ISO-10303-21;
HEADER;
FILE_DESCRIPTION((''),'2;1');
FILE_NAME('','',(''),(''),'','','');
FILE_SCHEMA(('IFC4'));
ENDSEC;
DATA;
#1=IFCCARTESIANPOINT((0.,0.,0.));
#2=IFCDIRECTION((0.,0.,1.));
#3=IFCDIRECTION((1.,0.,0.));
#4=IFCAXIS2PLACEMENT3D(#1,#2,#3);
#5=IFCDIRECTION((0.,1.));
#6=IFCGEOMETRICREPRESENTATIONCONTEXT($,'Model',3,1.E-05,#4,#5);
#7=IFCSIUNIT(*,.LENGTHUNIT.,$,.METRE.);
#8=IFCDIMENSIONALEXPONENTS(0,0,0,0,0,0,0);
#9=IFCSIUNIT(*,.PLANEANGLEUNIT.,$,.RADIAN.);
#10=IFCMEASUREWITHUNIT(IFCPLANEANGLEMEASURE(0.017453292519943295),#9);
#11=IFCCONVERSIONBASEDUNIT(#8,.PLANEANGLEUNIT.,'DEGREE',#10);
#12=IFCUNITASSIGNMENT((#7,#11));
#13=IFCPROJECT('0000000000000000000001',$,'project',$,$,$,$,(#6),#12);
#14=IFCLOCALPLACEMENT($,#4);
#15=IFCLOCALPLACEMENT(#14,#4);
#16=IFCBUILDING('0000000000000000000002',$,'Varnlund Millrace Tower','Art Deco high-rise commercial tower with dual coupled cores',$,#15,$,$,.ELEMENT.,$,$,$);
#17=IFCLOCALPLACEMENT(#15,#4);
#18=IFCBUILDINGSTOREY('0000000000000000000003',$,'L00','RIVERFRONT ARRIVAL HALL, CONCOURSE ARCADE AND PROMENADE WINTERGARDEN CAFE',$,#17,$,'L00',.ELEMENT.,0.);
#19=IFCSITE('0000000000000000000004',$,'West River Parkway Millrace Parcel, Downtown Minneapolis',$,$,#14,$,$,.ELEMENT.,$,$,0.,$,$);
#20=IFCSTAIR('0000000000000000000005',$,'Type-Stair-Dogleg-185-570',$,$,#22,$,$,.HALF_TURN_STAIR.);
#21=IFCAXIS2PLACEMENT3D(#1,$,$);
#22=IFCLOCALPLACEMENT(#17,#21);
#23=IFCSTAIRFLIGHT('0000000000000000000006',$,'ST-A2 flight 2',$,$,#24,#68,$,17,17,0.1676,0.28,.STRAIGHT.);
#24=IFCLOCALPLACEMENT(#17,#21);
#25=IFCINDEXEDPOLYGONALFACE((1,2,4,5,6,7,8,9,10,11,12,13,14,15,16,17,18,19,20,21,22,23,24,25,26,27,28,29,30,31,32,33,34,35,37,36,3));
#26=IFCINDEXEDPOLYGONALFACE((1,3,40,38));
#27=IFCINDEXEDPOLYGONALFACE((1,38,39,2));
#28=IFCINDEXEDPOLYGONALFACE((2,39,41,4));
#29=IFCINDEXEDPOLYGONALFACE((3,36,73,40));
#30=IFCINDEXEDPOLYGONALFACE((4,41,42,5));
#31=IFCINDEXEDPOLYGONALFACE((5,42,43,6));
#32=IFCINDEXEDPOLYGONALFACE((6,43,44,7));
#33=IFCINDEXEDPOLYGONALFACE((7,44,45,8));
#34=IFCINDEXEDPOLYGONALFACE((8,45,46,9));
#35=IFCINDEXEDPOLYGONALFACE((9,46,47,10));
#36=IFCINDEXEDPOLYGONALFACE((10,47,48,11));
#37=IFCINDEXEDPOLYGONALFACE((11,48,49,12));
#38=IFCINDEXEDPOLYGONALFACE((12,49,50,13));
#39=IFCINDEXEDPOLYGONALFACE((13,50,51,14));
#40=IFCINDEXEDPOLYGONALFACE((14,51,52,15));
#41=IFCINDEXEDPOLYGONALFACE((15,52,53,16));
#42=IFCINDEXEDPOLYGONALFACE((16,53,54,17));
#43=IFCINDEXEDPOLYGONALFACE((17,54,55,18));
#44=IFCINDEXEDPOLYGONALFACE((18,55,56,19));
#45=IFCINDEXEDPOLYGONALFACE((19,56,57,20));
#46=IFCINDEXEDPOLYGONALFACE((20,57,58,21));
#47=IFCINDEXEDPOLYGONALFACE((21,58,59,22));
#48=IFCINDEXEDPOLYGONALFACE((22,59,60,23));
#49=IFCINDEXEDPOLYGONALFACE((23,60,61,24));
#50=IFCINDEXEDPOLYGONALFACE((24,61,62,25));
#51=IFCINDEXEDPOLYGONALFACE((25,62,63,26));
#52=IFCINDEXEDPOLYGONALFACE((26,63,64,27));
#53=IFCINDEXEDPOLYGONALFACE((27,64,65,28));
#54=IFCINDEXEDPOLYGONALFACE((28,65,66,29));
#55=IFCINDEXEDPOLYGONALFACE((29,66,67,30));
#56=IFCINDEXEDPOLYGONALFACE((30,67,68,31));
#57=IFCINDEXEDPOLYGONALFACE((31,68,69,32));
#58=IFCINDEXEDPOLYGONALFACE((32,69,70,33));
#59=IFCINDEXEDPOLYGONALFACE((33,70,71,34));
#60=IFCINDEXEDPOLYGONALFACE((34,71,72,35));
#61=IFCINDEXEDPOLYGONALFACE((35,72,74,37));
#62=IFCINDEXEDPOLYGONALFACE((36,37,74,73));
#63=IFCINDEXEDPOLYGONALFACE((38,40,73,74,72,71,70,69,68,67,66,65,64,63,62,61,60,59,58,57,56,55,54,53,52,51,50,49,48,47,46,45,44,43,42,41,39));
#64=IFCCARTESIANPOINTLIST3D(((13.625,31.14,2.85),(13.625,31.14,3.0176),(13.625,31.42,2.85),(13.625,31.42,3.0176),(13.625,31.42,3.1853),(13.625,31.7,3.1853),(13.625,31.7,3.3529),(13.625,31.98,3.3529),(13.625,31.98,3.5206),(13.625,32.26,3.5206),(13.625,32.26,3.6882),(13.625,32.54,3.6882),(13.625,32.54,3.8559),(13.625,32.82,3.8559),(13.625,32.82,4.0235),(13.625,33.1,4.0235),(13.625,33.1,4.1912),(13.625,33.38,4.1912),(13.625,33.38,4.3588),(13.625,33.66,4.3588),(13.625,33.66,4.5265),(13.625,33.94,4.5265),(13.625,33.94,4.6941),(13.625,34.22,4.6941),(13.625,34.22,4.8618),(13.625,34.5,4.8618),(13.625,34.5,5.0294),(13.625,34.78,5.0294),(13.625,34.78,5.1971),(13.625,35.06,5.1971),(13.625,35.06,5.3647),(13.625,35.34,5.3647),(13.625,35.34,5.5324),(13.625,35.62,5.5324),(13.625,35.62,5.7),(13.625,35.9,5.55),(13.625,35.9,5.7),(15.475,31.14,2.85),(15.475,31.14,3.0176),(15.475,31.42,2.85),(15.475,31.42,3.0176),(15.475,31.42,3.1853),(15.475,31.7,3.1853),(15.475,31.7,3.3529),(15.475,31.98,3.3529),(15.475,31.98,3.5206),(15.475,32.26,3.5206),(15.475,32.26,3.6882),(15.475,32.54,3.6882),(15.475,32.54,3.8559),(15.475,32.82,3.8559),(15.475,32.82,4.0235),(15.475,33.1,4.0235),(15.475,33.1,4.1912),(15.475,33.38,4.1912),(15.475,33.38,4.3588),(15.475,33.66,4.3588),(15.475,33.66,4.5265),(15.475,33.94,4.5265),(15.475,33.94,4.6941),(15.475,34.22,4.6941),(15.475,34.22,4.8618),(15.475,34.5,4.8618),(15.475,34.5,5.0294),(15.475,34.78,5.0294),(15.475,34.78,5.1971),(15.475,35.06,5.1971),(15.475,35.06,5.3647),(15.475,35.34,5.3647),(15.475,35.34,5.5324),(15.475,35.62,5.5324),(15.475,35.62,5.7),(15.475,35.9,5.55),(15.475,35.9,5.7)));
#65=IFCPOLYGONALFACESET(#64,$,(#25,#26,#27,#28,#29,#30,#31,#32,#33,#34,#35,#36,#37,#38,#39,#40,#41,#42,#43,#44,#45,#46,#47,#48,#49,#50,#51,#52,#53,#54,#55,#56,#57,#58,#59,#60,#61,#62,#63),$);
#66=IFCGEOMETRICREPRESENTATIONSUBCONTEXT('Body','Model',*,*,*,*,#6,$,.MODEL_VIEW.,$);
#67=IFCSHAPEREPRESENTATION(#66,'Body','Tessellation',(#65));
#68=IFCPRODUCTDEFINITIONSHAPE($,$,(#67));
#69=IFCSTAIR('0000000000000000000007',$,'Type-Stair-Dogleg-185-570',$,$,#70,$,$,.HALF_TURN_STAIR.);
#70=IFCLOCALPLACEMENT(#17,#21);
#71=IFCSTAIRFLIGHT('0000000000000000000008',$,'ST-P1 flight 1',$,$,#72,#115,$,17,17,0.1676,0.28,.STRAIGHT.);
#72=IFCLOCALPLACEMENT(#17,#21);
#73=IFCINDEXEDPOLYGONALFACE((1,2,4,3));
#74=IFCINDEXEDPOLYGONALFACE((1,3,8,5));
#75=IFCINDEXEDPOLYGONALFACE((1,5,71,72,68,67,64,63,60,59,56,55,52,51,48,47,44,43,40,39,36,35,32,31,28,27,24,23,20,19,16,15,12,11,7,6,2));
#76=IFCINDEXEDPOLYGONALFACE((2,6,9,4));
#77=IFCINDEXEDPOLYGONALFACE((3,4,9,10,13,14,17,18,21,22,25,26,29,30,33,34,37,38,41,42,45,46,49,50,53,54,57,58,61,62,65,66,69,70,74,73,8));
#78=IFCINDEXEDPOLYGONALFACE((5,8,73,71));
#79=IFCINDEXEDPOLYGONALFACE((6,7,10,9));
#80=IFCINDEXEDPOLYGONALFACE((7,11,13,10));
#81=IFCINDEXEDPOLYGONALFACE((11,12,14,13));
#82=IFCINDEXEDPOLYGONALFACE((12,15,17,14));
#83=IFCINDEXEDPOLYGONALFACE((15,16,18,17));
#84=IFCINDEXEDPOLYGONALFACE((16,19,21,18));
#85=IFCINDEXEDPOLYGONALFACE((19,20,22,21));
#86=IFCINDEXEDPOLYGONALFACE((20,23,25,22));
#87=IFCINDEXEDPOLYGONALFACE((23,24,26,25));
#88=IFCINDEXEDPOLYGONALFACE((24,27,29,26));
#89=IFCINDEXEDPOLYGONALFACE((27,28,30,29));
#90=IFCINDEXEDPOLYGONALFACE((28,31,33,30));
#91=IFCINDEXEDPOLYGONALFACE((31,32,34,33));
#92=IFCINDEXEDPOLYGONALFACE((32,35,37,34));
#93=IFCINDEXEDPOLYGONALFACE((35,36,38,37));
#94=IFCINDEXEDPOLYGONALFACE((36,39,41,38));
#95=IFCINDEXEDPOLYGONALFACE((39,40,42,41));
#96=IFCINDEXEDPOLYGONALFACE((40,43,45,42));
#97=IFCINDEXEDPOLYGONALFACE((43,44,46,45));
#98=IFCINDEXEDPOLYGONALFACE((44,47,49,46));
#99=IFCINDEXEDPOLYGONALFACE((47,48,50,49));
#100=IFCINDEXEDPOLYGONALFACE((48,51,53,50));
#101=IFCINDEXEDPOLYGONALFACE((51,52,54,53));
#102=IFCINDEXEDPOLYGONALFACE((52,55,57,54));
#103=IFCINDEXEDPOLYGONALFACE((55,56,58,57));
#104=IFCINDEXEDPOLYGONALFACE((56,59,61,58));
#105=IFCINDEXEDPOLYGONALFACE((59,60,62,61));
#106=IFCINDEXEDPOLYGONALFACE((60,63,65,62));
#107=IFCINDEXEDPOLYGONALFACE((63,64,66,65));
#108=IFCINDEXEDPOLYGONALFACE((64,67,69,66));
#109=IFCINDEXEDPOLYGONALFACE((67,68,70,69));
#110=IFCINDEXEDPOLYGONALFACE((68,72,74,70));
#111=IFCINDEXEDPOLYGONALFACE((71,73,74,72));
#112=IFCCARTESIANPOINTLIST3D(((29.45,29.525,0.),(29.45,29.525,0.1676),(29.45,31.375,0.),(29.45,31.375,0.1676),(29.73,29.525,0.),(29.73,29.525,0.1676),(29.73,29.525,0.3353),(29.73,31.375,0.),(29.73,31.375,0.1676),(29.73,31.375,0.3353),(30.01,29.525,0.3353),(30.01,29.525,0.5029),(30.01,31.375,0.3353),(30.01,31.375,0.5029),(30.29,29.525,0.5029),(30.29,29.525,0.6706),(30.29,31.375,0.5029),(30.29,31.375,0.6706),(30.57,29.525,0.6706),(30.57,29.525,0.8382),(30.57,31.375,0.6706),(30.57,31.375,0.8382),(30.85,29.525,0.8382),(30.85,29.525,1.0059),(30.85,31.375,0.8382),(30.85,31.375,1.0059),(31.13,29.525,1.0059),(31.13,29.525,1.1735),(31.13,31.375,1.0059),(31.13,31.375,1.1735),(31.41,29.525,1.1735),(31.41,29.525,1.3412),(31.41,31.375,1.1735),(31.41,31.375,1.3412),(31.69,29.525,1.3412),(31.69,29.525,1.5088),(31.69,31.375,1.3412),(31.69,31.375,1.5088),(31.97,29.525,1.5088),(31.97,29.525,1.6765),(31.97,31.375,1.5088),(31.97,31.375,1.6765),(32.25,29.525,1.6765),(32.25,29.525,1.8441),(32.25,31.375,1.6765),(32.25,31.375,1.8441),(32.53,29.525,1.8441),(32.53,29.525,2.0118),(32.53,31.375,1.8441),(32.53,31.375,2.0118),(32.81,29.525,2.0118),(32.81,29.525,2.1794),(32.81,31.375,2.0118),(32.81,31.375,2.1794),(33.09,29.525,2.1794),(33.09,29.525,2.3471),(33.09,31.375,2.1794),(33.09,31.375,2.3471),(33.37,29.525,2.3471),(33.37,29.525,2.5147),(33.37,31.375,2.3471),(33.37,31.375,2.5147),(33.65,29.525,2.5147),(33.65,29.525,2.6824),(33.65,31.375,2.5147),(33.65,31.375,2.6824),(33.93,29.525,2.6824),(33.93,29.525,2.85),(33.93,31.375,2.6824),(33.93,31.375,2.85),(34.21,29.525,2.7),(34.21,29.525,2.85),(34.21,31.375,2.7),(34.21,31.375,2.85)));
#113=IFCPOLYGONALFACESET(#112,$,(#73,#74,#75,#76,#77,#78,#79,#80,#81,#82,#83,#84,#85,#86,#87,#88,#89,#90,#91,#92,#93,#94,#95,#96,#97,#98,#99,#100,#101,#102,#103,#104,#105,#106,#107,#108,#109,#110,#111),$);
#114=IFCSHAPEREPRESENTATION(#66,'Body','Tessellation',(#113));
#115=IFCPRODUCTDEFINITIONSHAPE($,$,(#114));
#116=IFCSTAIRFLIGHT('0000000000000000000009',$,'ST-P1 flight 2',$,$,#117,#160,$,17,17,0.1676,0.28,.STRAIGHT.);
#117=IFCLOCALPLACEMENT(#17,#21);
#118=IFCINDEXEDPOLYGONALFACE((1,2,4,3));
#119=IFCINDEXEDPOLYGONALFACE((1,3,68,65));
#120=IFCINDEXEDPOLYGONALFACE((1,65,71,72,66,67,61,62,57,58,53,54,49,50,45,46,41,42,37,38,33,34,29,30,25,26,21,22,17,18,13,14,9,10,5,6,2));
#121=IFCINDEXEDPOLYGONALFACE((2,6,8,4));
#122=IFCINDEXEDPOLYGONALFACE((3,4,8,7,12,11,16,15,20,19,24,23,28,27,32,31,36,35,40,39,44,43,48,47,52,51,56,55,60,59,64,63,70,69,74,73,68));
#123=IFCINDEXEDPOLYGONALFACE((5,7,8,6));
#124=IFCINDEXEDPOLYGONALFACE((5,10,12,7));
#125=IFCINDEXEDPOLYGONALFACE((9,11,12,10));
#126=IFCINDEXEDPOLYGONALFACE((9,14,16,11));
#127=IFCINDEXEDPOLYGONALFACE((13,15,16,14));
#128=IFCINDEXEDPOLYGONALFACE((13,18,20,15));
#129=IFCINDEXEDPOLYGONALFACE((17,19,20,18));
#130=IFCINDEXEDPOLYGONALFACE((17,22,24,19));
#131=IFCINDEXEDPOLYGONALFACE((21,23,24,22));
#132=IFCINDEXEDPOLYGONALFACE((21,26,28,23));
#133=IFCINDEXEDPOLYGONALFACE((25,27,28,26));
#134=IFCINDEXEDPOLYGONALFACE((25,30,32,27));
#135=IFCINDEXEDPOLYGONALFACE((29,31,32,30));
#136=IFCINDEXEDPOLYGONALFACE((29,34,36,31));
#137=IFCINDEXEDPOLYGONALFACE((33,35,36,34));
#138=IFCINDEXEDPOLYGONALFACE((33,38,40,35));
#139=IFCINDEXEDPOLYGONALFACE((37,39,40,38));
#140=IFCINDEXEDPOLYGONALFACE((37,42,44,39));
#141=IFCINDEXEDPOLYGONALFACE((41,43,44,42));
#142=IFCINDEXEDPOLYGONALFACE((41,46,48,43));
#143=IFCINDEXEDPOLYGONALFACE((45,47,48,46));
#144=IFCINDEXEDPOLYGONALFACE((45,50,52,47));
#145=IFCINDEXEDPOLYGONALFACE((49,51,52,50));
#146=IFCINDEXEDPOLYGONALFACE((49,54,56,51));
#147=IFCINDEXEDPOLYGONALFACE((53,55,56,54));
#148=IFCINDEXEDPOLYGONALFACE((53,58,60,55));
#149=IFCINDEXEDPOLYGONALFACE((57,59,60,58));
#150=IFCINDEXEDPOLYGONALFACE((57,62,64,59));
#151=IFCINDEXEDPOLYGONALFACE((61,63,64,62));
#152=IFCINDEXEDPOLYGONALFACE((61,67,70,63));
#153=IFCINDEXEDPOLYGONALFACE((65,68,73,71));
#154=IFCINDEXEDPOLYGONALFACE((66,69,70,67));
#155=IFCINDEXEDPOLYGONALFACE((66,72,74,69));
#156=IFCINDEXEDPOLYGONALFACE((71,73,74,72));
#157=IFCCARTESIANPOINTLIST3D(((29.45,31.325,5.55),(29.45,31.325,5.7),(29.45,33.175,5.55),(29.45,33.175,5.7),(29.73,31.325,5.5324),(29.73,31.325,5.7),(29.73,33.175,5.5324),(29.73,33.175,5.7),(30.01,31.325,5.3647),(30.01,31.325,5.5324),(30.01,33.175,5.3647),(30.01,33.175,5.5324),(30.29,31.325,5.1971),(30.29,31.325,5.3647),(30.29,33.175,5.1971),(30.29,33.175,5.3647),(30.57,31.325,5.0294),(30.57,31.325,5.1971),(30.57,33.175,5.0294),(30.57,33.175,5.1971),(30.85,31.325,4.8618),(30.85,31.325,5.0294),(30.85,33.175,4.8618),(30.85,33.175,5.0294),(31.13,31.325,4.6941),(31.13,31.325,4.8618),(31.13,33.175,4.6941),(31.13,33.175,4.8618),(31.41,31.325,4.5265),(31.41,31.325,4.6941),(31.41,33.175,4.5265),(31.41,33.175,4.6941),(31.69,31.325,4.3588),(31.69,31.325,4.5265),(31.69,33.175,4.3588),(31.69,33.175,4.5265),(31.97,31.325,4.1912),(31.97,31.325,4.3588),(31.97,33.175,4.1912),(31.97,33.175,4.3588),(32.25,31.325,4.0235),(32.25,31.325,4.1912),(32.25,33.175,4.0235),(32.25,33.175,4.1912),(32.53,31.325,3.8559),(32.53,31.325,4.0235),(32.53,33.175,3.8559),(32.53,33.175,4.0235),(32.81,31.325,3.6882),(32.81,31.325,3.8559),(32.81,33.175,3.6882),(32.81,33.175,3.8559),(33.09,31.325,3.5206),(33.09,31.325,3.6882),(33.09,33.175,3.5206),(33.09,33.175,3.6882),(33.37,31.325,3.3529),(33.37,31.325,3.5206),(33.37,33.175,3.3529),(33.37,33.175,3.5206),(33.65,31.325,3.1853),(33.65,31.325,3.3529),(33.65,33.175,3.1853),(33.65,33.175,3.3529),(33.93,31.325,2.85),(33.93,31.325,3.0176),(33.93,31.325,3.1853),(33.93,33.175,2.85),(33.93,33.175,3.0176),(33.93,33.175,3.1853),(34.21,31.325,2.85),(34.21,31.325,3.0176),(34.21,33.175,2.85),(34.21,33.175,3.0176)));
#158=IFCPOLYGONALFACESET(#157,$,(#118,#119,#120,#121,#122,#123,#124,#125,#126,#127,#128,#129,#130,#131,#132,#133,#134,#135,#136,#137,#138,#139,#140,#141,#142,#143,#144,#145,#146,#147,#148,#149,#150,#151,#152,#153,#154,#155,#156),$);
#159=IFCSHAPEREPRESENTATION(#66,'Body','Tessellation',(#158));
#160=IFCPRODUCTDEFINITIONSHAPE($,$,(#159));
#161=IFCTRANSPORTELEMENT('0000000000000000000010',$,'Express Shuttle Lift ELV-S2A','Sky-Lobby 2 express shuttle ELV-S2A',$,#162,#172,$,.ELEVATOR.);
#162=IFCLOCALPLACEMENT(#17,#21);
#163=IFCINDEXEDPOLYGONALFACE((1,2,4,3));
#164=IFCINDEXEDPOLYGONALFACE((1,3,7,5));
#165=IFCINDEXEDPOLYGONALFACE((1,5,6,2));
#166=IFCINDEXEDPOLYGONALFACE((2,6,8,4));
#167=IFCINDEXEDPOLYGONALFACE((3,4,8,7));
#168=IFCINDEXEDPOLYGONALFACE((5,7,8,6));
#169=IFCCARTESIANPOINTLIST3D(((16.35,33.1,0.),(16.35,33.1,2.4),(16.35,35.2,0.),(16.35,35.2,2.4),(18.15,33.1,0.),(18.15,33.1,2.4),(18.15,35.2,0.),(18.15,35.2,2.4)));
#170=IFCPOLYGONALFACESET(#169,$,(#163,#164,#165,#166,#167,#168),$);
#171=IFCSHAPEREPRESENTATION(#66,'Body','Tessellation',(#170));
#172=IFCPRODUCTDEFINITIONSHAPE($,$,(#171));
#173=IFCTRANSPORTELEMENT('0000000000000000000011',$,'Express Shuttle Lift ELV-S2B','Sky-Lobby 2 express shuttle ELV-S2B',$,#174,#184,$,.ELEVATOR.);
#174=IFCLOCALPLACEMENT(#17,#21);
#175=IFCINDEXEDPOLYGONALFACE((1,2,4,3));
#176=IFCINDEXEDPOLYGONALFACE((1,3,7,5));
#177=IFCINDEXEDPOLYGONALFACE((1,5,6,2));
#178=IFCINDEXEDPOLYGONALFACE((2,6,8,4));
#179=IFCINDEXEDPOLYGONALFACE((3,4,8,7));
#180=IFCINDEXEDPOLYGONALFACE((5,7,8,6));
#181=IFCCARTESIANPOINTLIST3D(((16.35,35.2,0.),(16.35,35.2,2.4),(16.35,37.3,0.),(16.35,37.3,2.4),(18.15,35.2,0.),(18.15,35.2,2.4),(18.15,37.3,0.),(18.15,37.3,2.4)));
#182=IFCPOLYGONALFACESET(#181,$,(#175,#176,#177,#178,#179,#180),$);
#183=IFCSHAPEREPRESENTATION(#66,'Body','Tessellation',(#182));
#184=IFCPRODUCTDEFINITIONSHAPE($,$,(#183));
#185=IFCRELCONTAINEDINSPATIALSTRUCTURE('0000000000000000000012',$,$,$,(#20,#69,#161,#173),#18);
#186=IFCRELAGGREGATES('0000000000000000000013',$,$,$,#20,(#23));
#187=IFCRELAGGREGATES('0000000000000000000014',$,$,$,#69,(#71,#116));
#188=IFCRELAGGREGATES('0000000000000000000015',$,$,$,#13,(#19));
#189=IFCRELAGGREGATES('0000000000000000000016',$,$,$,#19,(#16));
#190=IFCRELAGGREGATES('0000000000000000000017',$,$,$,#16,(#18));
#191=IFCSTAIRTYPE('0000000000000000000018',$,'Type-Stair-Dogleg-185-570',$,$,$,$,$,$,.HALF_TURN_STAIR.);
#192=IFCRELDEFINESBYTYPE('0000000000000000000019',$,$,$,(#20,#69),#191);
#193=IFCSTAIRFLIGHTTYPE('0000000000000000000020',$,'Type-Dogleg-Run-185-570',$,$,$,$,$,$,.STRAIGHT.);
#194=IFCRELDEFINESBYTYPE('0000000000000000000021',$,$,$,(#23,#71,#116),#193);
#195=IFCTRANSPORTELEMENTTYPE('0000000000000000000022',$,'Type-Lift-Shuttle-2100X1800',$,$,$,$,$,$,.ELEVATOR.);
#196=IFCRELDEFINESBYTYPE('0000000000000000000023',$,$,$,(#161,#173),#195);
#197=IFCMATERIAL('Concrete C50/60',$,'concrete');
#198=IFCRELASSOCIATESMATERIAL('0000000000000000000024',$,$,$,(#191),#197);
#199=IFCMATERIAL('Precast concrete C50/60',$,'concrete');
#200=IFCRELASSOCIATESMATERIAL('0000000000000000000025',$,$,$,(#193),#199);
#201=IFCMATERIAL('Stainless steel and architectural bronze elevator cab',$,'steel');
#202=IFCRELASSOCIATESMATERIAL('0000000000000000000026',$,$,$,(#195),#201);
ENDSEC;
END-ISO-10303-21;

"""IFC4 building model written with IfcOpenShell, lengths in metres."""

from ifc_helpers import new_model, entity, si_unit, converted_unit, direction, frame, origin_with_axes, origin_2d_with_axis, place, context, subcontext, project, spatial, polyline, rectangle, outline, extrude, material, type_object, element, aggregate, save


model = new_model("IFC4")

# Units and contexts
model_context = context("Model", 3, precision=1e-05, world=origin_with_axes(), true_north=direction((0.0, 1.0)))
body_context = subcontext(model_context, "Body", "Model", "MODEL_VIEW")
ifc_project = project(units=[si_unit("LENGTHUNIT", "METRE"), converted_unit("PLANEANGLEUNIT", "DEGREE", entity("IfcPlaneAngleMeasure", 0.017453292519943295), si_unit("PLANEANGLEUNIT", "RADIAN"), dimensions=[0, 0, 0, 0, 0, 0, 0])], contexts=[model_context])

# Site, building, storey
site_placement = place(None, origin_with_axes())
site = spatial("IfcSite", under=ifc_project, at=site_placement, Name="West River Parkway Millrace Parcel, Downtown Minneapolis", CompositionType="ELEMENT", RefElevation=0.0)
building_placement = place(site_placement, origin_with_axes())
building = spatial("IfcBuilding", under=site, at=building_placement, Name="Varnlund Millrace Tower", Description="Art Deco high-rise commercial tower with dual coupled cores", CompositionType="ELEMENT")
storey_placement = place(building_placement, origin_with_axes())
storey = spatial("IfcBuildingStorey", under=building, at=storey_placement, Name="L00", Description="RIVERFRONT ARRIVAL HALL, CONCOURSE ARCADE AND PROMENADE WINTERGARDEN CAFE", LongName="L00", CompositionType="ELEMENT", Elevation=0.0)

# Stairs, stair flights
ifc_material_1 = material(Name="Concrete C50/60", Category="concrete")
stair_type = type_object("IfcStairType", Name="Type-Stair-Dogleg-185-570", PredefinedType="HALF_TURN_STAIR", material=ifc_material_1)
stair_1_placement = place(storey_placement, origin_with_axes())
stair_1 = element("IfcStair", 1, at=stair_1_placement, inside=storey, type_object=stair_type, Name="Type-Stair-Dogleg-185-570", PredefinedType="HALF_TURN_STAIR")
ifc_material_2 = material(Name="Precast concrete C50/60", Category="concrete")
stair_flight_type = type_object("IfcStairFlightType", Name="Type-Dogleg-Run-185-570", PredefinedType="STRAIGHT", material=ifc_material_2)
stair_flight_1_placement = place(storey_placement, frame((13.625, 31.14, 2.85), z_axis=(1.0, 0.0, 0.0), x_axis=(0.0, 1.0, 0.0)))
stair_flight_1 = element("IfcStairFlight", 2, at=stair_flight_1_placement, type_object=stair_flight_type, Name="ST-A2 flight 2", NumberOfRisers=17, NumberOfTreads=17, PredefinedType="STRAIGHT", RiserHeight=0.1676, TreadLength=0.28, context=body_context, shape_type="SweptSolid", body=[
    extrude(outline(polyline([(0.0, 0.0), (0.0, 0.1676), (0.28, 0.1676), (0.28, 0.3353), (0.56, 0.3353), (0.56, 0.5029), (0.84, 0.5029), (0.84, 0.6706), (1.12, 0.6706), (1.12, 0.8382), (1.4, 0.8382), (1.4, 1.0059), (1.68, 1.0059), (1.68, 1.1735), (1.96, 1.1735), (1.96, 1.3412), (2.24, 1.3412), (2.24, 1.5088), (2.52, 1.5088), (2.52, 1.6765), (2.8, 1.6765), (2.8, 1.8441), (3.08, 1.8441), (3.08, 2.0118), (3.36, 2.0118), (3.36, 2.1794), (3.64, 2.1794), (3.64, 2.3471), (3.92, 2.3471), (3.92, 2.5147), (4.2, 2.5147), (4.2, 2.6824), (4.48, 2.6824), (4.48, 2.85), (4.76, 2.85), (4.76, 2.7), (0.28, 0.0), (0.0, 0.0)])), origin_with_axes(), (0.0, 0.0, 1.0), 1.85),
])
aggregate(stair_1, [stair_flight_1])
stair_2_placement = place(storey_placement, origin_with_axes())
stair_2 = element("IfcStair", 3, at=stair_2_placement, inside=storey, type_object=stair_type, Name="Type-Stair-Dogleg-185-570", PredefinedType="HALF_TURN_STAIR")
stair_flight_2_placement = place(storey_placement, frame((29.45, 31.375, 0.0), z_axis=(0.0, -1.0, 0.0), x_axis=(1.0, 0.0, 0.0)))
stair_flight_2 = element("IfcStairFlight", 4, at=stair_flight_2_placement, type_object=stair_flight_type, Name="ST-P1 flight 1", NumberOfRisers=17, NumberOfTreads=17, PredefinedType="STRAIGHT", RiserHeight=0.1676, TreadLength=0.28, context=body_context, shape_type="SweptSolid", body=[
    extrude(outline(polyline([(0.0, 0.0), (0.0, 0.1676), (0.28, 0.1676), (0.28, 0.3353), (0.56, 0.3353), (0.56, 0.5029), (0.84, 0.5029), (0.84, 0.6706), (1.12, 0.6706), (1.12, 0.8382), (1.4, 0.8382), (1.4, 1.0059), (1.68, 1.0059), (1.68, 1.1735), (1.96, 1.1735), (1.96, 1.3412), (2.24, 1.3412), (2.24, 1.5088), (2.52, 1.5088), (2.52, 1.6765), (2.8, 1.6765), (2.8, 1.8441), (3.08, 1.8441), (3.08, 2.0118), (3.36, 2.0118), (3.36, 2.1794), (3.64, 2.1794), (3.64, 2.3471), (3.92, 2.3471), (3.92, 2.5147), (4.2, 2.5147), (4.2, 2.6824), (4.48, 2.6824), (4.48, 2.85), (4.76, 2.85), (4.76, 2.7), (0.28, 0.0), (0.0, 0.0)])), origin_with_axes(), (0.0, 0.0, 1.0), 1.85),
])
stair_flight_3_placement = place(storey_placement, frame((34.21, 31.325, 2.85), z_axis=(0.0, 1.0, 0.0), x_axis=(-1.0, 0.0, 0.0)))
stair_flight_3 = element("IfcStairFlight", 5, at=stair_flight_3_placement, type_object=stair_flight_type, Name="ST-P1 flight 2", NumberOfRisers=17, NumberOfTreads=17, PredefinedType="STRAIGHT", RiserHeight=0.1676, TreadLength=0.28, context=body_context, shape_type="SweptSolid", body=[
    extrude(outline(polyline([(0.0, 0.0), (0.0, 0.1676), (0.28, 0.1676), (0.28, 0.3353), (0.56, 0.3353), (0.56, 0.5029), (0.84, 0.5029), (0.84, 0.6706), (1.12, 0.6706), (1.12, 0.8382), (1.4, 0.8382), (1.4, 1.0059), (1.68, 1.0059), (1.68, 1.1735), (1.96, 1.1735), (1.96, 1.3412), (2.24, 1.3412), (2.24, 1.5088), (2.52, 1.5088), (2.52, 1.6765), (2.8, 1.6765), (2.8, 1.8441), (3.08, 1.8441), (3.08, 2.0118), (3.36, 2.0118), (3.36, 2.1794), (3.64, 2.1794), (3.64, 2.3471), (3.92, 2.3471), (3.92, 2.5147), (4.2, 2.5147), (4.2, 2.6824), (4.48, 2.6824), (4.48, 2.85), (4.76, 2.85), (4.76, 2.7), (0.28, 0.0), (0.0, 0.0)])), origin_with_axes(), (0.0, 0.0, 1.0), 1.85),
])
aggregate(stair_2, [stair_flight_2, stair_flight_3])

# Transport elements
ifc_material_3 = material(Name="Stainless steel and architectural bronze elevator cab", Category="steel")
transport_element_type = type_object("IfcTransportElementType", Name="Type-Lift-Shuttle-2100X1800", PredefinedType="ELEVATOR", material=ifc_material_3)
for number, where, z_axis, x_axis, name, description in (
    (6, (17.25, 34.15, 0.0), (0.0, 0.0, 1.0), (1.0, 0.0, 0.0), "Express Shuttle Lift ELV-S2A", "Sky-Lobby 2 express shuttle ELV-S2A"),
    (7, (17.25, 36.25, 0.0), (0.0, 0.0, 1.0), (1.0, 0.0, 0.0), "Express Shuttle Lift ELV-S2B", "Sky-Lobby 2 express shuttle ELV-S2B"),
):
    element("IfcTransportElement", number, at=place(storey_placement, frame(where, z_axis=z_axis, x_axis=x_axis)), inside=storey, type_object=transport_element_type, Name=name, Description=description, PredefinedType="ELEVATOR", context=body_context, shape_type="SweptSolid", body=[
        extrude(rectangle(XDim=1.8, YDim=2.1, at=origin_2d_with_axis()), origin_with_axes(), (0.0, 0.0, 1.0), 2.4),
    ])

save(model, "model.ifc")
